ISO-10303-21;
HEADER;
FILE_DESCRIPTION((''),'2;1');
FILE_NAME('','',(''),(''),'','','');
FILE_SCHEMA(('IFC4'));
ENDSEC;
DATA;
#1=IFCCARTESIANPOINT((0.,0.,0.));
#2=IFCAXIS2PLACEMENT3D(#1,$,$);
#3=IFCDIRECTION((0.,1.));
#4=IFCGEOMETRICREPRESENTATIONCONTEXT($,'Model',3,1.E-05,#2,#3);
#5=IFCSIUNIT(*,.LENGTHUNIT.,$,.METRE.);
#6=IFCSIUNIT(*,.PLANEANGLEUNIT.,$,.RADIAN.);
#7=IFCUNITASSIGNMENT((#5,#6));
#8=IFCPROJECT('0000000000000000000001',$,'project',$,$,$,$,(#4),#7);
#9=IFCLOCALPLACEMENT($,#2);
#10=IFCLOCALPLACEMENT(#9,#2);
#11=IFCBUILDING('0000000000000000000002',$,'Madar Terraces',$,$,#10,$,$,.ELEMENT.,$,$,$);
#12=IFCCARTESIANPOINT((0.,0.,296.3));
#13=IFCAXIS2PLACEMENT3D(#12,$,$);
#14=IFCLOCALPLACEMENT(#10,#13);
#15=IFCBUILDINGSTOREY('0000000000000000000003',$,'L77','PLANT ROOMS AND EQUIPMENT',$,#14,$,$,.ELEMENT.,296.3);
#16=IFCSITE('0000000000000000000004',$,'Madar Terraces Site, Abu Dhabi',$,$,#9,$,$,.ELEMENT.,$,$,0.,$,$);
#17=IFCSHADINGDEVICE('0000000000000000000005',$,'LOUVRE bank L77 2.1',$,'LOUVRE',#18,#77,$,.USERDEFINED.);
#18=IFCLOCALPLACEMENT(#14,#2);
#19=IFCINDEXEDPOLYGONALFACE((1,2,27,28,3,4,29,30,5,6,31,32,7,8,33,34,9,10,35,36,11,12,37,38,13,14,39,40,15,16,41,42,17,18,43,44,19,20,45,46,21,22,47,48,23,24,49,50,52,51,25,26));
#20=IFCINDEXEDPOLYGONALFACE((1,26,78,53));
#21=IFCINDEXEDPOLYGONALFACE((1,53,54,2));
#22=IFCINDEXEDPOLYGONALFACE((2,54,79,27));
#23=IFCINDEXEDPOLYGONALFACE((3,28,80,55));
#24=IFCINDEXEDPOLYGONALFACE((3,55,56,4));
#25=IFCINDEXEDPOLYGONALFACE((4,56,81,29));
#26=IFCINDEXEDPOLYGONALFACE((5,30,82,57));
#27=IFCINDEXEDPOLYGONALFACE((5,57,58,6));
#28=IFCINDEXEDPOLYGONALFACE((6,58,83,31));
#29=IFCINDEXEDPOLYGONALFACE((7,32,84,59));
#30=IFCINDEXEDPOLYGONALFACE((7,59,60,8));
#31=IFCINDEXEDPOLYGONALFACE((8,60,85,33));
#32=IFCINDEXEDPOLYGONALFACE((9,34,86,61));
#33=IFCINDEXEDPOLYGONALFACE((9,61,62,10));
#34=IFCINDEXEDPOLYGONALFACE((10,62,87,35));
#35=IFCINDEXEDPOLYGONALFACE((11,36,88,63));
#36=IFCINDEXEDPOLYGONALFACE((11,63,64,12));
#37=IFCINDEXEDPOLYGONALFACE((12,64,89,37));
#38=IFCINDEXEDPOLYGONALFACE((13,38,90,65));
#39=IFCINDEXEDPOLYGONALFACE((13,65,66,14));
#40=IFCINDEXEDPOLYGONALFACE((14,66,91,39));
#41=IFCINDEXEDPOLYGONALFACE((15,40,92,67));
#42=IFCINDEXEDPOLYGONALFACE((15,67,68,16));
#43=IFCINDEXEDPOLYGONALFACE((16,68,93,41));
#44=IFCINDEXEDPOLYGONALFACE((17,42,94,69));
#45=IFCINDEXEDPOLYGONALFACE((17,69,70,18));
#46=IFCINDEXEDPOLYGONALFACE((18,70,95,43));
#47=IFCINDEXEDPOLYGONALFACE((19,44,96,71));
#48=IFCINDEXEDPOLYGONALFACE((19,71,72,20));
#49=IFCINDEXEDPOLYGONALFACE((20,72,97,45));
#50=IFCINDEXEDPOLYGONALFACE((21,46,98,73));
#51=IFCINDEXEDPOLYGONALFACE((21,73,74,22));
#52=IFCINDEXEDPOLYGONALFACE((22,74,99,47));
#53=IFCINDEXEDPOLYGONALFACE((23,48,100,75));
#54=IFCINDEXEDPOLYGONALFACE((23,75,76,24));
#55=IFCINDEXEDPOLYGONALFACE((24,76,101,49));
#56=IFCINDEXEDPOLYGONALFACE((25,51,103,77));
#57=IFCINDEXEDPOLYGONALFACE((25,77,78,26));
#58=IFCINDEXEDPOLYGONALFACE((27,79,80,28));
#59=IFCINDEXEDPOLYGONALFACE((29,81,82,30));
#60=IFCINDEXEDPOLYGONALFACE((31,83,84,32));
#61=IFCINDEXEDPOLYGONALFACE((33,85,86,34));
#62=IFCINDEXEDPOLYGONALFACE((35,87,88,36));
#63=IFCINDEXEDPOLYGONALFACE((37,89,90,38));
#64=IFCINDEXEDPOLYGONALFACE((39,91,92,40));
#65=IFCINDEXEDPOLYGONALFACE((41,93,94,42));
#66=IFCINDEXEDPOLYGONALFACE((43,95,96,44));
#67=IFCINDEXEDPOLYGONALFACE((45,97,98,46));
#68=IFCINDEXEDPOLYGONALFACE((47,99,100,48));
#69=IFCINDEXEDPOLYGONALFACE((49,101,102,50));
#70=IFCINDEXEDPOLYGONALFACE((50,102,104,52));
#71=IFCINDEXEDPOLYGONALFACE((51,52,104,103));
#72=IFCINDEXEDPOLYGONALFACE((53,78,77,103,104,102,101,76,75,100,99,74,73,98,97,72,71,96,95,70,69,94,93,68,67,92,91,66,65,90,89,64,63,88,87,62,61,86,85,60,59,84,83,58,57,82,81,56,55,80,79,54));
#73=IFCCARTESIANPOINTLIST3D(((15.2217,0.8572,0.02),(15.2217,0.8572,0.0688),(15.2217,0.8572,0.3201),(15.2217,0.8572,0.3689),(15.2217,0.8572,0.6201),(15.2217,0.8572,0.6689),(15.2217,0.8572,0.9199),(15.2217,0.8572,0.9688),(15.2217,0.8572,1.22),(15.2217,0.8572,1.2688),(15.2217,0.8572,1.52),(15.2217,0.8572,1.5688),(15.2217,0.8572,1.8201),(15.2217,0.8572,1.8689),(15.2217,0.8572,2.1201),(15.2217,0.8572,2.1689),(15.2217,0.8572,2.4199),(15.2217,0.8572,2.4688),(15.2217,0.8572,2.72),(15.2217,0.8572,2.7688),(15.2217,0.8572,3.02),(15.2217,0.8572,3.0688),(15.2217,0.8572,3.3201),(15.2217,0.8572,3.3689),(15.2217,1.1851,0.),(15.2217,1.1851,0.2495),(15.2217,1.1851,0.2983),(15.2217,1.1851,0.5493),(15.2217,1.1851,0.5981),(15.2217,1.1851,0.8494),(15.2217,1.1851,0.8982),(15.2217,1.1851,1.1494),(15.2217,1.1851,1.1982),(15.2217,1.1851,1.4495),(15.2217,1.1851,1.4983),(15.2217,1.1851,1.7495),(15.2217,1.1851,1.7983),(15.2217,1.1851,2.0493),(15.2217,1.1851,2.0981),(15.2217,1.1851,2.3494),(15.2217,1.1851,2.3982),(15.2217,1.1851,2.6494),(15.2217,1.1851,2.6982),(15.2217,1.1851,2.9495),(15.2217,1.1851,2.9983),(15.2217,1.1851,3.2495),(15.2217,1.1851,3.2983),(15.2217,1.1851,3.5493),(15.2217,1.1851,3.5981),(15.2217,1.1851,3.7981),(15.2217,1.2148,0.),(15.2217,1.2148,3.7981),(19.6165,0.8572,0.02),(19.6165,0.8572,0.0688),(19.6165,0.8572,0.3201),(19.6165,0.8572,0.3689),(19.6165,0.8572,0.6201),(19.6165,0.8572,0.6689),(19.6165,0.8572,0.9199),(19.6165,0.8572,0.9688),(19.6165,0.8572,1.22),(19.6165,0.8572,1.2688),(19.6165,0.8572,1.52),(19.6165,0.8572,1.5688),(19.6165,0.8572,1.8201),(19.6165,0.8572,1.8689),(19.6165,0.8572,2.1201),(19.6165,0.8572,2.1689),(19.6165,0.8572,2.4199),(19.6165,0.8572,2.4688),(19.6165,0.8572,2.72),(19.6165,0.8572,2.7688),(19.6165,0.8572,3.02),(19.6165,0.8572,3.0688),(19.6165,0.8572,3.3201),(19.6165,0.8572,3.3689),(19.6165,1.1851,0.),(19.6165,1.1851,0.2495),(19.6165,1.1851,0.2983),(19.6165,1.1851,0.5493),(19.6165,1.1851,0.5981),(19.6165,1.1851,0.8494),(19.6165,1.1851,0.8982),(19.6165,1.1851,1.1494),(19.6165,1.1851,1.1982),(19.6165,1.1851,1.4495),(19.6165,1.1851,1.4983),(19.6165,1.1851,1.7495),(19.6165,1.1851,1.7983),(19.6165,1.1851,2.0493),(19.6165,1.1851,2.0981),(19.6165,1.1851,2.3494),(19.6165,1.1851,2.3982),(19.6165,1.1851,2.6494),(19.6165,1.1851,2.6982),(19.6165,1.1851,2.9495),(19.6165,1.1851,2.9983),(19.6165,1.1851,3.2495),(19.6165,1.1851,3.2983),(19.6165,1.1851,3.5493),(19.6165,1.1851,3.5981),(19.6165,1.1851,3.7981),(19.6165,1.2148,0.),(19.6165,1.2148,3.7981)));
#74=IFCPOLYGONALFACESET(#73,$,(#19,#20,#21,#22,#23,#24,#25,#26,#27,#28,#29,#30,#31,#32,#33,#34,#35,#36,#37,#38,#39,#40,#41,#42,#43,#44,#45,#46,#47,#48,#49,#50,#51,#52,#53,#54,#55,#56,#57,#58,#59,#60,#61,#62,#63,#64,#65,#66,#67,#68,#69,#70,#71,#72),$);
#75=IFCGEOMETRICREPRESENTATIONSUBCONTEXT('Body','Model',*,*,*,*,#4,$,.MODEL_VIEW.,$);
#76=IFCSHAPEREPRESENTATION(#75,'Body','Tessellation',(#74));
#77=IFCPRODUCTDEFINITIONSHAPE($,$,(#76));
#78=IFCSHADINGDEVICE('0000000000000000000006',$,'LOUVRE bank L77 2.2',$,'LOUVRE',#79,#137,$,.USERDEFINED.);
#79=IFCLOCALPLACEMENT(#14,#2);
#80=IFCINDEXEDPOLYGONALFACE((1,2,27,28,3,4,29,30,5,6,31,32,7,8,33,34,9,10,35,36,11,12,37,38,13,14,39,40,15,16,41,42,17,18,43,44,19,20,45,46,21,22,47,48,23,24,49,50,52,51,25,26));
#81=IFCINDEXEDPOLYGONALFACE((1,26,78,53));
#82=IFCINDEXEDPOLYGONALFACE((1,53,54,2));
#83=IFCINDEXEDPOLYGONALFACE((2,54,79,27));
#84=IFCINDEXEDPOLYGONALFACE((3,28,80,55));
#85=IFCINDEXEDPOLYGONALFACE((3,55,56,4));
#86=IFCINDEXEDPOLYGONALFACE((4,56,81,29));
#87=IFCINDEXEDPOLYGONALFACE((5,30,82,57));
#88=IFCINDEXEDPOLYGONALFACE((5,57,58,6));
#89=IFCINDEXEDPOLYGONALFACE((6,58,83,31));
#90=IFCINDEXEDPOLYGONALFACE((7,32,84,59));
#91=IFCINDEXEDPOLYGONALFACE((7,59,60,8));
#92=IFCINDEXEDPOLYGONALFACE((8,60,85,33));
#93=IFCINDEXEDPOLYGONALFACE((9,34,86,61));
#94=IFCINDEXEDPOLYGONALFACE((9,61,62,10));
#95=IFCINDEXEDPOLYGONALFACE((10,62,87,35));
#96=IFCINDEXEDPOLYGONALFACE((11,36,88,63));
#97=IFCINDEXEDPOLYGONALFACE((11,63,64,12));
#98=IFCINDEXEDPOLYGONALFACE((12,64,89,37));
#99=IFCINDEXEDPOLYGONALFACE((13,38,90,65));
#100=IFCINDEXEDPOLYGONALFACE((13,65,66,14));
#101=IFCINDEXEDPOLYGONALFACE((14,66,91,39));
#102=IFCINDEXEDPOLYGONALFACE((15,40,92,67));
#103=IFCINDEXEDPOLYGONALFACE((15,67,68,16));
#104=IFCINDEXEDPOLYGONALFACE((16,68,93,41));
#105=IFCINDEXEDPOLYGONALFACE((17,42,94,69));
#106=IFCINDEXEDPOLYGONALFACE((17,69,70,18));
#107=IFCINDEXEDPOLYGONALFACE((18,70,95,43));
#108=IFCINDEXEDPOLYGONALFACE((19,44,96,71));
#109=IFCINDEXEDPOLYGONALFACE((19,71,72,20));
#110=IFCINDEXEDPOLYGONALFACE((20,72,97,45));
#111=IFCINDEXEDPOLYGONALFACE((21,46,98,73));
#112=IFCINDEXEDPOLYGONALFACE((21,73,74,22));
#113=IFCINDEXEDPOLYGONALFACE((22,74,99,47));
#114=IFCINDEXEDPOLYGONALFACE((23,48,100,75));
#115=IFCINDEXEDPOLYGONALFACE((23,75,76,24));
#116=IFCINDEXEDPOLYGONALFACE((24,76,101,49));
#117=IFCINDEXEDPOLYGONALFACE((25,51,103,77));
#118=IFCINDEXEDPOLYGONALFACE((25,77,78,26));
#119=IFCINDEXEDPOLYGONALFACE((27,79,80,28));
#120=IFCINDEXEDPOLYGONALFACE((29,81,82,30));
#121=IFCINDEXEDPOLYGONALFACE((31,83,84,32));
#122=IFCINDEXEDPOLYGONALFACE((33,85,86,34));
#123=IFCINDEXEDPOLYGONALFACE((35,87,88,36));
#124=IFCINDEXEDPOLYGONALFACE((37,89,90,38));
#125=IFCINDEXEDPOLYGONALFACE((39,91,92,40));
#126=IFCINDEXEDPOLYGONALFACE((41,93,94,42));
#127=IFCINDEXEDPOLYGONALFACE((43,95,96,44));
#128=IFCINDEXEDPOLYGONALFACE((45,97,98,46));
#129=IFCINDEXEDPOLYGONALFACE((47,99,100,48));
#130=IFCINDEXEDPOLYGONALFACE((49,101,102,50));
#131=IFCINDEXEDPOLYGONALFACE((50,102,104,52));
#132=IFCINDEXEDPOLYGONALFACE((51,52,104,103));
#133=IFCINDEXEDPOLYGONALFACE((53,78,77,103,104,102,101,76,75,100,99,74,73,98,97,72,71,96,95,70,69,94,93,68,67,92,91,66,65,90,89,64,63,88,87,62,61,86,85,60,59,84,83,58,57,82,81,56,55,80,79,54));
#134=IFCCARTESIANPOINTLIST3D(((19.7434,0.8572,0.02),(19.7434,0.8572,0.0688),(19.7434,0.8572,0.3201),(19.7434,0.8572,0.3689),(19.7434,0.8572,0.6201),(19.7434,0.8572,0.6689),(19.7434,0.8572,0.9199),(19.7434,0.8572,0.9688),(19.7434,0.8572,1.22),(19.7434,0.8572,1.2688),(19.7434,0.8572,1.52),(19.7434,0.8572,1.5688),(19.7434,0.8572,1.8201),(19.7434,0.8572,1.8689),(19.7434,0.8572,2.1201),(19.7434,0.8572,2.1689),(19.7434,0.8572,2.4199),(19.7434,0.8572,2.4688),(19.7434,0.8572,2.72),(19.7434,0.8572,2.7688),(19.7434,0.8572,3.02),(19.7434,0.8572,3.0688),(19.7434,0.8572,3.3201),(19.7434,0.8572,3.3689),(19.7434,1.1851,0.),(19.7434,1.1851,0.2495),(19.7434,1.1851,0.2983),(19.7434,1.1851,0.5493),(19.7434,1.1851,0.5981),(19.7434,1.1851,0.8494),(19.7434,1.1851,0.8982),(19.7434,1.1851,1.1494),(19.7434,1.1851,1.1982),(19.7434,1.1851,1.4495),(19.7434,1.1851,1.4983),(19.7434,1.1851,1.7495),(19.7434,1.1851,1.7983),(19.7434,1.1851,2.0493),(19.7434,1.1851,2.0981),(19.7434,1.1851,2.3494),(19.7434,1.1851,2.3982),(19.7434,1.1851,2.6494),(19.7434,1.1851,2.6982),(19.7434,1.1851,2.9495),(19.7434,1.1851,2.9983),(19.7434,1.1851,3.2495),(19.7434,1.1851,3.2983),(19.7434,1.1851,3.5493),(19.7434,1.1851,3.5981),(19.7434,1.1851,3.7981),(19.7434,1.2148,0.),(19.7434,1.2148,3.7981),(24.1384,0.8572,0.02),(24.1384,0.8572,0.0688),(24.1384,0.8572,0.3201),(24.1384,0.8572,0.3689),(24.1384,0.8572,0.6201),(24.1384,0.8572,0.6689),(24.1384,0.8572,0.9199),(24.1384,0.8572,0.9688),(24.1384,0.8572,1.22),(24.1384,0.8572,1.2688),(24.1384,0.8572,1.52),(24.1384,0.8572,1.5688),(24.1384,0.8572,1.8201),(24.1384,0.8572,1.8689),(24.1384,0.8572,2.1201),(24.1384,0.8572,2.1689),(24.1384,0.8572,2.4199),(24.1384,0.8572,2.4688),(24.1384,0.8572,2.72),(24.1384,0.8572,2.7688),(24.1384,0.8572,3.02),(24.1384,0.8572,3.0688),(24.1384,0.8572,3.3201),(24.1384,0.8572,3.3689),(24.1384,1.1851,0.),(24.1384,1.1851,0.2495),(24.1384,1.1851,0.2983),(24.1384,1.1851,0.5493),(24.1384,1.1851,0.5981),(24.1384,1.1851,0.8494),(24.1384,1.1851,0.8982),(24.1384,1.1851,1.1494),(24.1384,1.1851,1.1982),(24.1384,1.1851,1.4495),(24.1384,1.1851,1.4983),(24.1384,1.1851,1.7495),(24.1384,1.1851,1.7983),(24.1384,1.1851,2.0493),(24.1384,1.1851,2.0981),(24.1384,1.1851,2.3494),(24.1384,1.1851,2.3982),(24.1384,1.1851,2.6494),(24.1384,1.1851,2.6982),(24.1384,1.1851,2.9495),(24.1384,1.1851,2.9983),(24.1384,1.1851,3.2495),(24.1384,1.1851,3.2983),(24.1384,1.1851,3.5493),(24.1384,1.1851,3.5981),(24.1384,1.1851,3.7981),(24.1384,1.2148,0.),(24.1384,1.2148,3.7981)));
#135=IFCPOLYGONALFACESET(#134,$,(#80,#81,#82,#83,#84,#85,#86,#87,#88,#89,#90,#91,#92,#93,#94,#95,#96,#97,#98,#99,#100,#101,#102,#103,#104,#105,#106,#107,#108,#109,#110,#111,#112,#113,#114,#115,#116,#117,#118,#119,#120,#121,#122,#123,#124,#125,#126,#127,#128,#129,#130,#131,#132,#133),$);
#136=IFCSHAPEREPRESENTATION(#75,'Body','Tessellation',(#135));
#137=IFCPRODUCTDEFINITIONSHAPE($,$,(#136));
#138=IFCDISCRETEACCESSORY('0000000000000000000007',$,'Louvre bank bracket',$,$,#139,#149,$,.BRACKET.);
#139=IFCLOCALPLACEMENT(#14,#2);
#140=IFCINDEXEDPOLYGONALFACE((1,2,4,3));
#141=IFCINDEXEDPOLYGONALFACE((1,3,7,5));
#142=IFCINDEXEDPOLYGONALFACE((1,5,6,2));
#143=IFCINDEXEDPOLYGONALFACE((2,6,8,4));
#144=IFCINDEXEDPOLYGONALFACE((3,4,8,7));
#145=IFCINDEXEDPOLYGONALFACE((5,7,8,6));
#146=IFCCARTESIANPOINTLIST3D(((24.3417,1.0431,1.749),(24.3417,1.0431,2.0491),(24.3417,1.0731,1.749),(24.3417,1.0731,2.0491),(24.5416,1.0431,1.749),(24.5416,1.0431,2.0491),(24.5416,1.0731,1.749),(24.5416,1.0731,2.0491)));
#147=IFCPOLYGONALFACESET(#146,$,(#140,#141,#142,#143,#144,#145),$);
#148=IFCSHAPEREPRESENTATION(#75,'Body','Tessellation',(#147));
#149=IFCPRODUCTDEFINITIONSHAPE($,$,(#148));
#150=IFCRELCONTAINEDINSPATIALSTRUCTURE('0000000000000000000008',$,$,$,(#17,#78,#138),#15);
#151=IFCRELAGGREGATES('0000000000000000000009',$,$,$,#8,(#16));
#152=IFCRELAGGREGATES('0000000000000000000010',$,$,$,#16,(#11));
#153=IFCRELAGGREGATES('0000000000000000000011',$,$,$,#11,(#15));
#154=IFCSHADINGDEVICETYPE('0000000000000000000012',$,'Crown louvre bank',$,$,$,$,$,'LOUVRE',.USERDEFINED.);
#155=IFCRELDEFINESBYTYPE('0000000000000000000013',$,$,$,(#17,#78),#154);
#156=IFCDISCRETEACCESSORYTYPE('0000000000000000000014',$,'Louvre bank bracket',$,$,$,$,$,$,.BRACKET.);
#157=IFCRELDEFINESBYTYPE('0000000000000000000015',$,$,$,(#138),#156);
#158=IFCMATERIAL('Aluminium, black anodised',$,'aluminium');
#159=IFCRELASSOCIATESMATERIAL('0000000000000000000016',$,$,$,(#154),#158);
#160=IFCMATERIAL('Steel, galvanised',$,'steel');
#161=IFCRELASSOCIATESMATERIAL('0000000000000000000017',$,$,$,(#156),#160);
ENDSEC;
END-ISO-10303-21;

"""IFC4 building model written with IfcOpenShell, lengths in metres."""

from ifc_helpers import new_model, si_unit, direction, frame, origin, origin_2d, place, context, subcontext, project, spatial, polyline, rectangle, outline, extrude, material, type_object, element, save


model = new_model("IFC4")

# Units and contexts
model_context = context("Model", 3, precision=1e-05, world=origin(), true_north=direction((0.0, 1.0)))
body_context = subcontext(model_context, "Body", "Model", "MODEL_VIEW")
ifc_project = project(units=[si_unit("LENGTHUNIT", "METRE"), si_unit("PLANEANGLEUNIT", "RADIAN")], contexts=[model_context])

# Site, building, storey
site_placement = place(None, origin())
site = spatial("IfcSite", under=ifc_project, at=site_placement, Name="Madar Terraces Site, Abu Dhabi", CompositionType="ELEMENT", RefElevation=0.0)
building_placement = place(site_placement, origin())
building = spatial("IfcBuilding", under=site, at=building_placement, Name="Madar Terraces", CompositionType="ELEMENT")
storey_placement = place(building_placement, frame((0.0, 0.0, 296.3)))
storey = spatial("IfcBuildingStorey", under=building, at=storey_placement, Name="L77", Description="PLANT ROOMS AND EQUIPMENT", CompositionType="ELEMENT", Elevation=296.3)

# Shading devices
ifc_material_1 = material(Name="Aluminium, black anodised", Category="aluminium")
shading_device_type = type_object("IfcShadingDeviceType", Name="Crown louvre bank", ElementType="LOUVRE", PredefinedType="USERDEFINED", material=ifc_material_1)
shading_device_1_placement = place(storey_placement, frame((15.2217, 1.2, 0.0), z_axis=(1.0, 0.0, 0.0), x_axis=(0.0, 1.0, 0.0)))
element("IfcShadingDevice", 1, at=shading_device_1_placement, inside=storey, type_object=shading_device_type, Name="LOUVRE bank L77 2.1", ObjectType="LOUVRE", PredefinedType="USERDEFINED", context=body_context, shape_type="SweptSolid", body=[
    extrude(outline(polyline([(0.0149, 0.0), (-0.0149, 0.0), (-0.0149, 0.2495), (-0.3428, 0.02), (-0.3428, 0.0688), (-0.0149, 0.2983), (-0.0149, 0.5493), (-0.3428, 0.3201), (-0.3428, 0.3689), (-0.0149, 0.5981), (-0.0149, 0.8494), (-0.3428, 0.6201), (-0.3428, 0.6689), (-0.0149, 0.8982), (-0.0149, 1.1494), (-0.3428, 0.9199), (-0.3428, 0.9688), (-0.0149, 1.1982), (-0.0149, 1.4495), (-0.3428, 1.22), (-0.3428, 1.2688), (-0.0149, 1.4983), (-0.0149, 1.7495), (-0.3428, 1.52), (-0.3428, 1.5688), (-0.0149, 1.7983), (-0.0149, 2.0493), (-0.3428, 1.8201), (-0.3428, 1.8689), (-0.0149, 2.0981), (-0.0149, 2.3494), (-0.3428, 2.1201), (-0.3428, 2.1689), (-0.0149, 2.3982), (-0.0149, 2.6494), (-0.3428, 2.4199), (-0.3428, 2.4688), (-0.0149, 2.6982), (-0.0149, 2.9495), (-0.3428, 2.72), (-0.3428, 2.7688), (-0.0149, 2.9983), (-0.0149, 3.2495), (-0.3428, 3.02), (-0.3428, 3.0688), (-0.0149, 3.2983), (-0.0149, 3.5493), (-0.3428, 3.3201), (-0.3428, 3.3689), (-0.0149, 3.5981), (-0.0149, 3.7981), (0.0149, 3.7981), (0.0149, 0.0)])), origin(), (0.0, 0.0, 1.0), 4.3948),
])
shading_device_2_placement = place(storey_placement, frame((19.7434, 1.2, 0.0), z_axis=(1.0, 0.0, 0.0), x_axis=(0.0, 1.0, 0.0)))
element("IfcShadingDevice", 2, at=shading_device_2_placement, inside=storey, type_object=shading_device_type, Name="LOUVRE bank L77 2.2", ObjectType="LOUVRE", PredefinedType="USERDEFINED", context=body_context, shape_type="SweptSolid", body=[
    extrude(outline(polyline([(0.0149, 0.0), (-0.0149, 0.0), (-0.0149, 0.2495), (-0.3428, 0.02), (-0.3428, 0.0688), (-0.0149, 0.2983), (-0.0149, 0.5493), (-0.3428, 0.3201), (-0.3428, 0.3689), (-0.0149, 0.5981), (-0.0149, 0.8494), (-0.3428, 0.6201), (-0.3428, 0.6689), (-0.0149, 0.8982), (-0.0149, 1.1494), (-0.3428, 0.9199), (-0.3428, 0.9688), (-0.0149, 1.1982), (-0.0149, 1.4495), (-0.3428, 1.22), (-0.3428, 1.2688), (-0.0149, 1.4983), (-0.0149, 1.7495), (-0.3428, 1.52), (-0.3428, 1.5688), (-0.0149, 1.7983), (-0.0149, 2.0493), (-0.3428, 1.8201), (-0.3428, 1.8689), (-0.0149, 2.0981), (-0.0149, 2.3494), (-0.3428, 2.1201), (-0.3428, 2.1689), (-0.0149, 2.3982), (-0.0149, 2.6494), (-0.3428, 2.4199), (-0.3428, 2.4688), (-0.0149, 2.6982), (-0.0149, 2.9495), (-0.3428, 2.72), (-0.3428, 2.7688), (-0.0149, 2.9983), (-0.0149, 3.2495), (-0.3428, 3.02), (-0.3428, 3.0688), (-0.0149, 3.2983), (-0.0149, 3.5493), (-0.3428, 3.3201), (-0.3428, 3.3689), (-0.0149, 3.5981), (-0.0149, 3.7981), (0.0149, 3.7981), (0.0149, 0.0)])), origin(), (0.0, 0.0, 1.0), 4.395),
])

# Discrete accessory
ifc_material_2 = material(Name="Steel, galvanised", Category="steel")
discrete_accessory_type = type_object("IfcDiscreteAccessoryType", Name="Louvre bank bracket", PredefinedType="BRACKET", material=ifc_material_2)
discrete_accessory_placement = place(storey_placement, frame((24.4417, 1.0581, 1.749), z_axis=(0.0, 0.0, 1.0), x_axis=(1.0, 0.0, 0.0)))
element("IfcDiscreteAccessory", 3, at=discrete_accessory_placement, inside=storey, type_object=discrete_accessory_type, Name="Louvre bank bracket", PredefinedType="BRACKET", context=body_context, shape_type="SweptSolid", body=[
    extrude(rectangle(XDim=0.2, YDim=0.03, at=origin_2d()), origin(), (0.0, 0.0, 1.0), 0.3),
])

save(model, "model.ifc")
